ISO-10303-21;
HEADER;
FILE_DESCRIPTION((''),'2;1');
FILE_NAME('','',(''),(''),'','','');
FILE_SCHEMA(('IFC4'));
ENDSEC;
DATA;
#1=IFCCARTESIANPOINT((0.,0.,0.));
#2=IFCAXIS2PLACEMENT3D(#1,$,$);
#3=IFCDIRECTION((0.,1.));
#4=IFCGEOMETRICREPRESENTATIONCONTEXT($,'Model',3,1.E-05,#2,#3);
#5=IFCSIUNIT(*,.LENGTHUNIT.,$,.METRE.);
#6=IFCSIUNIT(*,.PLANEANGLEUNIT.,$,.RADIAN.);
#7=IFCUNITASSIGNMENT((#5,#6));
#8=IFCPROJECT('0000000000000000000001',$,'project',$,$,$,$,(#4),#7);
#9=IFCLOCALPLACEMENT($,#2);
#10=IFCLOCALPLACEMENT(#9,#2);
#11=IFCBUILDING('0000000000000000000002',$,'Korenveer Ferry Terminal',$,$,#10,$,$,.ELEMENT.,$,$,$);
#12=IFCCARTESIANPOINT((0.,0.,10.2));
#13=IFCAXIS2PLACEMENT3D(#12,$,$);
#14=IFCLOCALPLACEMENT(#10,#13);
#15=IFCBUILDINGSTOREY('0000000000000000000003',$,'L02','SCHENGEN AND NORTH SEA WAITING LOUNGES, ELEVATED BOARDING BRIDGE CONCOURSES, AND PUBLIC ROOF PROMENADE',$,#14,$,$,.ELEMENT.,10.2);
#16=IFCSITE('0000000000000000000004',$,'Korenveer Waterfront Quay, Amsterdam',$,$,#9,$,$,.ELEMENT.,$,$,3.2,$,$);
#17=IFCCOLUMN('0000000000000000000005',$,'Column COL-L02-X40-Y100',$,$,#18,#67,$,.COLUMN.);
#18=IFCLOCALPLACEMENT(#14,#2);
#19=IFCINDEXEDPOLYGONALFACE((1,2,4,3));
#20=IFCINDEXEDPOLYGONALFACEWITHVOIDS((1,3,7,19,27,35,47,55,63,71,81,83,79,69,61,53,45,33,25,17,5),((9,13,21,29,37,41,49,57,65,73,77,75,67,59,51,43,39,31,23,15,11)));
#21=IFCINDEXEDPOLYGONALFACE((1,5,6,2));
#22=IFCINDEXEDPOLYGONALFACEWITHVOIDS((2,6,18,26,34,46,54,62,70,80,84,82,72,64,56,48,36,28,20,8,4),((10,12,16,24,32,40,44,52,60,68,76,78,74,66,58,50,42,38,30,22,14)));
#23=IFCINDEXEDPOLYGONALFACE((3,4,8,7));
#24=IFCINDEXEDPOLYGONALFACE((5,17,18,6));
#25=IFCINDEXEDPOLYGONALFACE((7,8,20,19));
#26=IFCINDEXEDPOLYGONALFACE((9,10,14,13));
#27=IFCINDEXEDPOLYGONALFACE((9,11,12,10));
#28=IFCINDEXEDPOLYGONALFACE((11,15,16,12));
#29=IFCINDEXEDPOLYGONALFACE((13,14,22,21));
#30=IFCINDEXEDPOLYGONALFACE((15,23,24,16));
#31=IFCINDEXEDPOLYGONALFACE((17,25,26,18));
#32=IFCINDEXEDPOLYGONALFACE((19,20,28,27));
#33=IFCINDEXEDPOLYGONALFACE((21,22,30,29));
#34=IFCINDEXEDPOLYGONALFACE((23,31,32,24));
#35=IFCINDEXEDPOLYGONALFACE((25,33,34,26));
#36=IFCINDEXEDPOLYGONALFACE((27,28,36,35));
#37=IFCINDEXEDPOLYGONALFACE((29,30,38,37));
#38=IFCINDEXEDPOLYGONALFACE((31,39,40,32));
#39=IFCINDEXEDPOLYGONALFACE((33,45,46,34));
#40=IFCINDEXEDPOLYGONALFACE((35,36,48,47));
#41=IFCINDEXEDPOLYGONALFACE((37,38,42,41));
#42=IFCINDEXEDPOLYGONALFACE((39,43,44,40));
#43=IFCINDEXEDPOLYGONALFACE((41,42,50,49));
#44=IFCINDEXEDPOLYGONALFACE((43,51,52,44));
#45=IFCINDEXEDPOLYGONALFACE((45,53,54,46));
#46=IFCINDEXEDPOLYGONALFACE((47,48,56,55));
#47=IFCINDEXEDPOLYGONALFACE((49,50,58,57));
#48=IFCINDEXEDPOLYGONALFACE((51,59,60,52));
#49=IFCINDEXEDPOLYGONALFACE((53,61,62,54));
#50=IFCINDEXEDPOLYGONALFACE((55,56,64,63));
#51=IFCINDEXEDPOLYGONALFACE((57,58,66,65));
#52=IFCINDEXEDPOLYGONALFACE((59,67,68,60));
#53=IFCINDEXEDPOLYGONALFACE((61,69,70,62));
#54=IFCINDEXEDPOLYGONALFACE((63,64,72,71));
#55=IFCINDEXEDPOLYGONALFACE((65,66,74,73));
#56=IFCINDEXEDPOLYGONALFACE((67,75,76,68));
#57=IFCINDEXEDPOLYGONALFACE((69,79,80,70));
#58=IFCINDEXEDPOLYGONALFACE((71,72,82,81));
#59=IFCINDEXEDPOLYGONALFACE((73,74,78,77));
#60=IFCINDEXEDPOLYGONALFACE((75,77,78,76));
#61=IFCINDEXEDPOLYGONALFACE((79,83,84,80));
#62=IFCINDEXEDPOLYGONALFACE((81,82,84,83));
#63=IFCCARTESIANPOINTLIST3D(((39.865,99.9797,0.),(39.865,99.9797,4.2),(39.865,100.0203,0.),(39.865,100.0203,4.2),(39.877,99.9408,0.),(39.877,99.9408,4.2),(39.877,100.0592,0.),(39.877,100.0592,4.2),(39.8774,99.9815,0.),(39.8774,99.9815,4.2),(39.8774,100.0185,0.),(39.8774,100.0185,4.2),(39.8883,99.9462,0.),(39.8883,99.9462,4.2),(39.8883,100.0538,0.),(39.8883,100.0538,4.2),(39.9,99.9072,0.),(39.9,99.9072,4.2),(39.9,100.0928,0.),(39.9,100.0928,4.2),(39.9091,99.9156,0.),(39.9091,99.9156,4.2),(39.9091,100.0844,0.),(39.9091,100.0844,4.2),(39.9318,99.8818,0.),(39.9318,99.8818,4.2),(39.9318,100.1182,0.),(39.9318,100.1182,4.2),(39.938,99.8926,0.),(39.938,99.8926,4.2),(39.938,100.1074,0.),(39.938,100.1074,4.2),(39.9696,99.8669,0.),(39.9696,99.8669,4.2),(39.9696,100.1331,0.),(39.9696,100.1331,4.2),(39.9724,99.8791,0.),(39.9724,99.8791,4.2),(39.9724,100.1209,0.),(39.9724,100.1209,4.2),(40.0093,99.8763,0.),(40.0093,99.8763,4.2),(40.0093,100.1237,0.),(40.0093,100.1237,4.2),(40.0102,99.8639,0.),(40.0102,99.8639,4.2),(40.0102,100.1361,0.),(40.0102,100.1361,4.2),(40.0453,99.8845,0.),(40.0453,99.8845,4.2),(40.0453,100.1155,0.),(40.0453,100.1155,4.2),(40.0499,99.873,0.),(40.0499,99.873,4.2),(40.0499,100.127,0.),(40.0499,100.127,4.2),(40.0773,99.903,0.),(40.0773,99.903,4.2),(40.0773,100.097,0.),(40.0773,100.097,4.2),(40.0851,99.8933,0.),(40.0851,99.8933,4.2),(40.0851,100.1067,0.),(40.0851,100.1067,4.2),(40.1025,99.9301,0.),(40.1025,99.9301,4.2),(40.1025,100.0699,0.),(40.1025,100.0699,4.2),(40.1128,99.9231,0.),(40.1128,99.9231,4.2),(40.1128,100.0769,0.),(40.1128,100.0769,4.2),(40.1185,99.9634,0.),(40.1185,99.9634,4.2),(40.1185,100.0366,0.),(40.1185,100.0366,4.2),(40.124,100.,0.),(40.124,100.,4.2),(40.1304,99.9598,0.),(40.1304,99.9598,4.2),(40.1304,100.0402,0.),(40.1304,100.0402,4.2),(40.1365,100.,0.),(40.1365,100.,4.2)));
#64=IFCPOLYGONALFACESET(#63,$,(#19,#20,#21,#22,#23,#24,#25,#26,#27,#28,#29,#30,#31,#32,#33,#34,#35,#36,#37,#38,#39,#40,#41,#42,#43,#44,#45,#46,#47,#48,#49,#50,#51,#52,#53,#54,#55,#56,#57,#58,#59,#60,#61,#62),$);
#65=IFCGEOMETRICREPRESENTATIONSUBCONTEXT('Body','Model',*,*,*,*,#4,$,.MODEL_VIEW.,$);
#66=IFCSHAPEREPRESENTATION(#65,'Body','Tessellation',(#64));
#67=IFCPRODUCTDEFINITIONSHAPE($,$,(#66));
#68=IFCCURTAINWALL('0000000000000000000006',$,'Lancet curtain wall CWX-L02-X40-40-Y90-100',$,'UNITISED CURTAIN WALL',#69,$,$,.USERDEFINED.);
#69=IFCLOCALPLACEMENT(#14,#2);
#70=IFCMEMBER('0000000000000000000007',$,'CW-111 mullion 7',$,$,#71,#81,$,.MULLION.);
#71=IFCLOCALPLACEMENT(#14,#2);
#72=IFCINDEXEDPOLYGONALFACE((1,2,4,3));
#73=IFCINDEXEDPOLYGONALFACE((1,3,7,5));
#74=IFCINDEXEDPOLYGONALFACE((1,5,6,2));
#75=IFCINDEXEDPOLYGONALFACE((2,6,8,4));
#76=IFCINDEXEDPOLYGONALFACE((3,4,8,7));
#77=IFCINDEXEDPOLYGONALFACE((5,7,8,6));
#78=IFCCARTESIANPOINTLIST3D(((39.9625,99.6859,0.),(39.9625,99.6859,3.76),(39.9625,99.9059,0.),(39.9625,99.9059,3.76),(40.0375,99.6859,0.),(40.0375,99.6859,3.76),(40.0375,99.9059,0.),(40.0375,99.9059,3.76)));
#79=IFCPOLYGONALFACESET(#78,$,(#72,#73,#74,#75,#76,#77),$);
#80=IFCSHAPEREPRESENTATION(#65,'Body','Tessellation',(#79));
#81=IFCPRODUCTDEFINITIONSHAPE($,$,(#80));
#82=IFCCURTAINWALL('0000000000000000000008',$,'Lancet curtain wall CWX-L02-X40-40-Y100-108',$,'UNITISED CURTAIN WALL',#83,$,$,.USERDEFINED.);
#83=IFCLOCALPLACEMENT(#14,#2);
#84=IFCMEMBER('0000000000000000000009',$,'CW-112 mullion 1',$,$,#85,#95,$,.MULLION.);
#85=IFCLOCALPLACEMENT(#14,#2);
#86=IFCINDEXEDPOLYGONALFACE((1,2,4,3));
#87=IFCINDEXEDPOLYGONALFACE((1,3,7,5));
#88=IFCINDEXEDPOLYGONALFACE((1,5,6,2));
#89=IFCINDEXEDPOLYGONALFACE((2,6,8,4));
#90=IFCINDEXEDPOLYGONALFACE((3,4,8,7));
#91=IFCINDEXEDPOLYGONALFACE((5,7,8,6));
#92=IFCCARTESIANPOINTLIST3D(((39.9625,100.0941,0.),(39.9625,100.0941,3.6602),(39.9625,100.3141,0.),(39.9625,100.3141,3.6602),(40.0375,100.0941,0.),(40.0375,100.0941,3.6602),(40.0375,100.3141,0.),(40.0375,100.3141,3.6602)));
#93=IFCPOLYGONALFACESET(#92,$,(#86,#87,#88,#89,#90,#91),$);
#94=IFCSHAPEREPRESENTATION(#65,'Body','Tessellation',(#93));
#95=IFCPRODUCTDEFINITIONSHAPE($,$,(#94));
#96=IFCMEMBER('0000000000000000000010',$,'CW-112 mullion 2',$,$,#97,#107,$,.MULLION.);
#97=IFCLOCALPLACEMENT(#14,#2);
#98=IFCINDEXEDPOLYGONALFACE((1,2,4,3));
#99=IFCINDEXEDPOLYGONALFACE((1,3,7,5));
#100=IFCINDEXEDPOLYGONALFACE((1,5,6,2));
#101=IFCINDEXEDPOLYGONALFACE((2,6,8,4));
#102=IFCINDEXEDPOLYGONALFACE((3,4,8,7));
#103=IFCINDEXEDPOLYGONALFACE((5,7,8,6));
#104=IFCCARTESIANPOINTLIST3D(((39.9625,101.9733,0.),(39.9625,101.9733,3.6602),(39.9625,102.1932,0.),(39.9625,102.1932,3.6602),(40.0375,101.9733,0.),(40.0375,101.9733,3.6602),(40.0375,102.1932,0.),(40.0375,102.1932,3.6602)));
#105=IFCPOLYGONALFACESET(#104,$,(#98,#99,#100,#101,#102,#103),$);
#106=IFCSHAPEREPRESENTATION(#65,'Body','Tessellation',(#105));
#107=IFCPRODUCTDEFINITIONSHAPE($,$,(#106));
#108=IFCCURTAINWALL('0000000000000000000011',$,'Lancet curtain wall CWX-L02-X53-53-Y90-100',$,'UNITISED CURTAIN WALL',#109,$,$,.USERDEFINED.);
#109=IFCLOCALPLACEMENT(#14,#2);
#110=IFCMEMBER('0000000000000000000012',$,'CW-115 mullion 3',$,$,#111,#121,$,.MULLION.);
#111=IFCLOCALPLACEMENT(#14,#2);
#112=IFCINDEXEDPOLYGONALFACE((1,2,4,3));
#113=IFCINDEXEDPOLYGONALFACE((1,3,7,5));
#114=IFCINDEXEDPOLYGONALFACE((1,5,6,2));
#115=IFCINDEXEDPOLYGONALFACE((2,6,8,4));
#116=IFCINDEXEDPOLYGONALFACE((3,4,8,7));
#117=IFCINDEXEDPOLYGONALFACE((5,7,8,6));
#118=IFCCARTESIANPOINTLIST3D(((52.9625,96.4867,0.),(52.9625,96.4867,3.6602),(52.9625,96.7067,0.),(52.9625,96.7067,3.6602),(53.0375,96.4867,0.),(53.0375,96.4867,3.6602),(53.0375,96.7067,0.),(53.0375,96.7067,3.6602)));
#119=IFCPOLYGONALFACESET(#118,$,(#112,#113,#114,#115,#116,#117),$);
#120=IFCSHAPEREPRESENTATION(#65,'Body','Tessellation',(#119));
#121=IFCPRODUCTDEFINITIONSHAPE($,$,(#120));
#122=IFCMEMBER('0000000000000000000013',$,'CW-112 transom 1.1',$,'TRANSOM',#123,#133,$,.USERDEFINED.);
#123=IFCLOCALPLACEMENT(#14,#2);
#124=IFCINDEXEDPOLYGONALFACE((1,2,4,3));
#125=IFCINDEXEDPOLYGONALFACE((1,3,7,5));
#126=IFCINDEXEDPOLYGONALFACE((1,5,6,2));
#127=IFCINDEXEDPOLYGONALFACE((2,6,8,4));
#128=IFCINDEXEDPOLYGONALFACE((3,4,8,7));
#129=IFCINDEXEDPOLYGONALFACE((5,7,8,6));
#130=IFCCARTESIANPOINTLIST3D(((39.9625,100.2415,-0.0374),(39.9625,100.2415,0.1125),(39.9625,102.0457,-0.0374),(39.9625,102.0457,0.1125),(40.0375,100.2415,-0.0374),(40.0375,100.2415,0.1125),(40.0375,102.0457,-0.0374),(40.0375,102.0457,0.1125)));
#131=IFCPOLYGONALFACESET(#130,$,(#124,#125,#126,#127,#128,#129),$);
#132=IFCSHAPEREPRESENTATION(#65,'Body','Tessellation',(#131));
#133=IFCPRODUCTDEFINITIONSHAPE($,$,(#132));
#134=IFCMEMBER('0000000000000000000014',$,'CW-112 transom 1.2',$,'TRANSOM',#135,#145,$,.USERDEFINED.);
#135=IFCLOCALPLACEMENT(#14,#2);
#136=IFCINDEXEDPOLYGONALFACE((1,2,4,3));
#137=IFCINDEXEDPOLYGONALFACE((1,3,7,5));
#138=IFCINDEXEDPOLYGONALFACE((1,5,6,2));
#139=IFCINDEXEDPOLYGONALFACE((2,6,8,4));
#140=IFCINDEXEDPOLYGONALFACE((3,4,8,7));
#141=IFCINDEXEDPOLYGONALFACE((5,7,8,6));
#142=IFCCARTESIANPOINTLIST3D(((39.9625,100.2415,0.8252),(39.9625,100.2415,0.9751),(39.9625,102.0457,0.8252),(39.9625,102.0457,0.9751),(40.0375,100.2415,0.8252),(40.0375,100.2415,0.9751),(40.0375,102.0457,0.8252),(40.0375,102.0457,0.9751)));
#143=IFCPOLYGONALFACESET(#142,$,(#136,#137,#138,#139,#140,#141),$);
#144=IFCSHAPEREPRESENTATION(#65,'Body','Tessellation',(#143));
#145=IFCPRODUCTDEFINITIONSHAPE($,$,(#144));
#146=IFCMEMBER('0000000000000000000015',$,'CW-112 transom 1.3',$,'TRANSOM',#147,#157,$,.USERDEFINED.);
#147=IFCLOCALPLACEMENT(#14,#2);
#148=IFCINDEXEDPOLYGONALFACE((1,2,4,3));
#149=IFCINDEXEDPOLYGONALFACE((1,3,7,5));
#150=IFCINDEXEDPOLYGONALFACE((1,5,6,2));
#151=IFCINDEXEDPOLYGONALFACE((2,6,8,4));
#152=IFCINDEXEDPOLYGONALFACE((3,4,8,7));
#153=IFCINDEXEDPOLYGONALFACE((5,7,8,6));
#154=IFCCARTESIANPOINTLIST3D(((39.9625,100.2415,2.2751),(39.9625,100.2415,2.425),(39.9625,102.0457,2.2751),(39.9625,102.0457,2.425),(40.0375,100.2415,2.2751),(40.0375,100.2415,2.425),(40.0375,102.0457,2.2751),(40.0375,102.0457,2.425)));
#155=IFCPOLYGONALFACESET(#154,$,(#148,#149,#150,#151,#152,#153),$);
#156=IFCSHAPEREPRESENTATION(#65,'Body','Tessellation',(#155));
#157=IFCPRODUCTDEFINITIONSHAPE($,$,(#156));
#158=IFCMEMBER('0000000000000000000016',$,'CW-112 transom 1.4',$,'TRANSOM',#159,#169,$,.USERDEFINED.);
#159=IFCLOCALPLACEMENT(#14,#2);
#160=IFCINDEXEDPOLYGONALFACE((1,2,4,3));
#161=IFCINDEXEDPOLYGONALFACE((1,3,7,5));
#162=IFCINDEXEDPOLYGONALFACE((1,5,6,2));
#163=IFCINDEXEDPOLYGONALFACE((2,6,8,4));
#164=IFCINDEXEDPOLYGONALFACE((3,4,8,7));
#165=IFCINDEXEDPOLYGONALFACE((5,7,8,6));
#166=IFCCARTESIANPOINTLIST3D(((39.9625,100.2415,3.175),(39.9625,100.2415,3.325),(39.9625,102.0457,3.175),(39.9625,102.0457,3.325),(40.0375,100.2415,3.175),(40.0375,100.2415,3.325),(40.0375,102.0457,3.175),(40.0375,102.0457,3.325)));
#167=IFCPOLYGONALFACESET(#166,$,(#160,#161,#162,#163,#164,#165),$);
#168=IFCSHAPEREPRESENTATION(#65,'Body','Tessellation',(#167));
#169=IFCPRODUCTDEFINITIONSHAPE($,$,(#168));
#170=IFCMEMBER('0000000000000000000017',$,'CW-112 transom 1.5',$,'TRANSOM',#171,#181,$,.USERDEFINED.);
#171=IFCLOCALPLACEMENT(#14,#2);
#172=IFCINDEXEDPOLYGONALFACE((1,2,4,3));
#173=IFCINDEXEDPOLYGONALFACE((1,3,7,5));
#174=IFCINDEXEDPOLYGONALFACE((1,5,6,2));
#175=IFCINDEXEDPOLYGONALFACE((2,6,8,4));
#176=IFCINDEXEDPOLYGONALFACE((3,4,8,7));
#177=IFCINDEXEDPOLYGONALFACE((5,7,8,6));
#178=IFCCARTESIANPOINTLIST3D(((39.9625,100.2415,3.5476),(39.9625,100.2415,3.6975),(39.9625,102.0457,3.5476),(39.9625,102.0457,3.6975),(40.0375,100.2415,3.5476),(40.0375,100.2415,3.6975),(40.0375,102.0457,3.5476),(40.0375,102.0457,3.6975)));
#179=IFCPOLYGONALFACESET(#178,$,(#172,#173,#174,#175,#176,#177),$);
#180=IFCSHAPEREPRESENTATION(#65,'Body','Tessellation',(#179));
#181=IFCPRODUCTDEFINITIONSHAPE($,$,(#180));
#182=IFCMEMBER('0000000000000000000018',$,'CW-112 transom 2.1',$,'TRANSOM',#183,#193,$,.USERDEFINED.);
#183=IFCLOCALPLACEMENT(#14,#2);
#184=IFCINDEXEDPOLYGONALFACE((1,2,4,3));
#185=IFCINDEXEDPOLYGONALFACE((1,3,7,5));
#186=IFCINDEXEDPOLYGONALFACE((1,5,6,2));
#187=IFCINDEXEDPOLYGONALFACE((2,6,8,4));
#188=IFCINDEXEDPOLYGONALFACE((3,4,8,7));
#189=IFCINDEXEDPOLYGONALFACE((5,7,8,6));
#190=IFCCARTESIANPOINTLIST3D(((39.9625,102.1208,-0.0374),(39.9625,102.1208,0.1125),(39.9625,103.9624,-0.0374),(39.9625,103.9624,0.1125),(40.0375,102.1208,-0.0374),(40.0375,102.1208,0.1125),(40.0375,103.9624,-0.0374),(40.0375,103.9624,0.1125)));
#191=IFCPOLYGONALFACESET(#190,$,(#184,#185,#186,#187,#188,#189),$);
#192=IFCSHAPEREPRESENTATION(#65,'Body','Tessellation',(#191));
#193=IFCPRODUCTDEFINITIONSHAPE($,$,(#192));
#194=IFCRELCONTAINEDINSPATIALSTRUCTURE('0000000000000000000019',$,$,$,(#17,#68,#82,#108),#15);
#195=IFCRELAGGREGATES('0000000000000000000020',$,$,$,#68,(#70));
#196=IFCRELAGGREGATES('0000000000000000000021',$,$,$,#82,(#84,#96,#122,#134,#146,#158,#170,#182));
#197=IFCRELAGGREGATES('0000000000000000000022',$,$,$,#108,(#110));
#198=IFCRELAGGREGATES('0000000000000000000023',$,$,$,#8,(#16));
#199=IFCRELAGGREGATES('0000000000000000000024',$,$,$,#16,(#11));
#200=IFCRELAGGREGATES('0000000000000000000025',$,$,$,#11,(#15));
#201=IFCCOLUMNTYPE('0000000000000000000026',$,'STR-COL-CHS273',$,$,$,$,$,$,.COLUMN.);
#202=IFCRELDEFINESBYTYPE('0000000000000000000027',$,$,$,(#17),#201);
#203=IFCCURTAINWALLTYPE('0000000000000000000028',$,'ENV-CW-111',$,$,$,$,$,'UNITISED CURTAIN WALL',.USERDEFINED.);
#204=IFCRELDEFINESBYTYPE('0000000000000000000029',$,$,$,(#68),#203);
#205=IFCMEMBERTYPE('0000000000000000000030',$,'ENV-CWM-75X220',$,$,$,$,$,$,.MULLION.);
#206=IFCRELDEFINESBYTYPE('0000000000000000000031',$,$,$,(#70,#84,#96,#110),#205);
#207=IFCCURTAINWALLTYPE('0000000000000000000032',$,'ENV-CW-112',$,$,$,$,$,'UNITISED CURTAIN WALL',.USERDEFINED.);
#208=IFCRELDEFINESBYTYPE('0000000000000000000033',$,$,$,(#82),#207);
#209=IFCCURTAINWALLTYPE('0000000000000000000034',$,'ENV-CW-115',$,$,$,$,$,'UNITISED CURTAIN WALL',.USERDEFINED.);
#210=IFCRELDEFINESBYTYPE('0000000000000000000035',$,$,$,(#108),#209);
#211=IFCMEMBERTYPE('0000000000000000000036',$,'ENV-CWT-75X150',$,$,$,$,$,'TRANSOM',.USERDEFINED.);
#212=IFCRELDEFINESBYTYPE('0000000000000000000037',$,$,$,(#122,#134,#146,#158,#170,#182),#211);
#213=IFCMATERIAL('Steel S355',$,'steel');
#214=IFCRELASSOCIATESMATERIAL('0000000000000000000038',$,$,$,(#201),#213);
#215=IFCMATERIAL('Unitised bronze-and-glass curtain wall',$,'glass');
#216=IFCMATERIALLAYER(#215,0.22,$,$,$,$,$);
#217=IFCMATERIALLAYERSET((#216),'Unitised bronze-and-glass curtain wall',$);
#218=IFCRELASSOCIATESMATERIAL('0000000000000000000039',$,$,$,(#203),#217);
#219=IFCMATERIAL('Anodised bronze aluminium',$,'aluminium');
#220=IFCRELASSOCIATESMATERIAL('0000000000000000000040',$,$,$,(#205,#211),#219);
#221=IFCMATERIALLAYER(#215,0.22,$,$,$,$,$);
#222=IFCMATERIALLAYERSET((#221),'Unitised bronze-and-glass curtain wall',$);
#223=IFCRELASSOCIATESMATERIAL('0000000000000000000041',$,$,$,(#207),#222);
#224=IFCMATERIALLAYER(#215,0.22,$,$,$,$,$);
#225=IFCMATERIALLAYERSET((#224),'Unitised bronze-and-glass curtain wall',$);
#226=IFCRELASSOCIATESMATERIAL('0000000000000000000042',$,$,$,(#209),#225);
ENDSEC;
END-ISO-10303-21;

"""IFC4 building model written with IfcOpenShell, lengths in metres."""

from ifc_helpers import new_model, si_unit, direction, frame, origin, origin_2d, place, context, subcontext, project, spatial, rectangle, hollow_circle, extrude, material, layer, layer_set, material_profile, profile_set, type_object, element, aggregate, save


model = new_model("IFC4")

# Units and contexts
model_context = context("Model", 3, precision=1e-05, world=origin(), true_north=direction((0.0, 1.0)))
body_context = subcontext(model_context, "Body", "Model", "MODEL_VIEW")
ifc_project = project(units=[si_unit("LENGTHUNIT", "METRE"), si_unit("PLANEANGLEUNIT", "RADIAN")], contexts=[model_context])

# Site, building, storey
site_placement = place(None, origin())
site = spatial("IfcSite", under=ifc_project, at=site_placement, Name="Korenveer Waterfront Quay, Amsterdam", CompositionType="ELEMENT", RefElevation=3.2)
building_placement = place(site_placement, origin())
building = spatial("IfcBuilding", under=site, at=building_placement, Name="Korenveer Ferry Terminal", CompositionType="ELEMENT")
storey_placement = place(building_placement, frame((0.0, 0.0, 10.2)))
storey = spatial("IfcBuildingStorey", under=building, at=storey_placement, Name="L02", Description="SCHENGEN AND NORTH SEA WAITING LOUNGES, ELEVATED BOARDING BRIDGE CONCOURSES, AND PUBLIC ROOF PROMENADE", CompositionType="ELEMENT", Elevation=10.2)

# Column
ifc_material_1 = material(Name="Steel S355", Category="steel")
ifc_material_profile_1 = material_profile(ifc_material_1, hollow_circle(Radius=0.1365, WallThickness=0.0125, at=origin_2d()), Name="CHS 273x12.5")
ifc_profile_set_1 = profile_set([ifc_material_profile_1], Name="Steel S355")
column_type = type_object("IfcColumnType", Name="STR-COL-CHS273", PredefinedType="COLUMN", material=ifc_profile_set_1)
column_placement = place(storey_placement, frame((40.0, 100.0, 0.0), z_axis=(0.0, 0.0, 1.0), x_axis=(1.0, 0.0, 0.0)))
element("IfcColumn", 1, at=column_placement, inside=storey, type_object=column_type, Name="Column COL-L02-X40-Y100", PredefinedType="COLUMN", context=body_context, shape_type="SweptSolid", body=[
    extrude(hollow_circle(Radius=0.1365, WallThickness=0.0125, at=origin_2d()), origin(), (0.0, 0.0, 1.0), 4.2),
])

# Curtain wall, member
ifc_material_2 = material(Name="Unitised bronze-and-glass curtain wall", Category="glass")
ifc_layer_1 = layer(ifc_material_2, 0.22)
ifc_layer_set_1 = layer_set([ifc_layer_1], Name="Unitised bronze-and-glass curtain wall")
curtain_wall_type_1 = type_object("IfcCurtainWallType", Name="ENV-CW-111", ElementType="UNITISED CURTAIN WALL", PredefinedType="USERDEFINED", material=ifc_layer_set_1)
curtain_wall_1_placement = place(storey_placement, frame((40.0, 90.1665, 0.0)))
curtain_wall_1 = element("IfcCurtainWall", 2, at=curtain_wall_1_placement, inside=storey, type_object=curtain_wall_type_1, Name="Lancet curtain wall CWX-L02-X40-40-Y90-100", ObjectType="UNITISED CURTAIN WALL", PredefinedType="USERDEFINED")
ifc_material_3 = material(Name="Anodised bronze aluminium", Category="aluminium")
ifc_material_profile_2 = material_profile(ifc_material_3, rectangle(XDim=0.075, YDim=0.22, at=origin_2d()), Name="ALU 75x220")
ifc_profile_set_2 = profile_set([ifc_material_profile_2], Name="Anodised bronze aluminium")
member_type_1 = type_object("IfcMemberType", Name="ENV-CWM-75X220", PredefinedType="MULLION", material=ifc_profile_set_2)
member_1_placement = place(storey_placement, frame((40.0, 99.7959, 0.0), z_axis=(0.0, 0.0, 1.0), x_axis=(-1.0, 0.0, 0.0)))
member_1 = element("IfcMember", 3, at=member_1_placement, type_object=member_type_1, Name="CW-111 mullion 7", PredefinedType="MULLION", context=body_context, shape_type="SweptSolid", body=[
    extrude(rectangle(XDim=0.075, YDim=0.22, at=origin_2d()), origin(), (0.0, 0.0, 1.0), 3.76),
])

# Curtain wall, members
ifc_layer_2 = layer(ifc_material_2, 0.22)
ifc_layer_set_2 = layer_set([ifc_layer_2], Name="Unitised bronze-and-glass curtain wall")
curtain_wall_type_2 = type_object("IfcCurtainWallType", Name="ENV-CW-112", ElementType="UNITISED CURTAIN WALL", PredefinedType="USERDEFINED", material=ifc_layer_set_2)
curtain_wall_2_placement = place(storey_placement, frame((40.0, 100.1665, 0.0)))
curtain_wall_2 = element("IfcCurtainWall", 4, at=curtain_wall_2_placement, inside=storey, type_object=curtain_wall_type_2, Name="Lancet curtain wall CWX-L02-X40-40-Y100-108", ObjectType="UNITISED CURTAIN WALL", PredefinedType="USERDEFINED")
member_2_placement = place(storey_placement, frame((40.0, 100.2041, 0.0), z_axis=(0.0, 0.0, 1.0), x_axis=(-1.0, 0.0, 0.0)))
member_2 = element("IfcMember", 5, at=member_2_placement, type_object=member_type_1, Name="CW-112 mullion 1", PredefinedType="MULLION", context=body_context, shape_type="SweptSolid", body=[
    extrude(rectangle(XDim=0.075, YDim=0.22, at=origin_2d()), origin(), (0.0, 0.0, 1.0), 3.6602),
])
member_3_placement = place(storey_placement, frame((40.0, 102.0833, 0.0), z_axis=(0.0, 0.0, 1.0), x_axis=(-1.0, 0.0, 0.0)))
member_3 = element("IfcMember", 6, at=member_3_placement, type_object=member_type_1, Name="CW-112 mullion 2", PredefinedType="MULLION", context=body_context, shape_type="SweptSolid", body=[
    extrude(rectangle(XDim=0.075, YDim=0.22, at=origin_2d()), origin(), (0.0, 0.0, 1.0), 3.6602),
])

# Curtain wall, member
ifc_layer_3 = layer(ifc_material_2, 0.22)
ifc_layer_set_3 = layer_set([ifc_layer_3], Name="Unitised bronze-and-glass curtain wall")
curtain_wall_type_3 = type_object("IfcCurtainWallType", Name="ENV-CW-115", ElementType="UNITISED CURTAIN WALL", PredefinedType="USERDEFINED", material=ifc_layer_set_3)
curtain_wall_3_placement = place(storey_placement, frame((53.0, 99.79, 0.0)))
curtain_wall_3 = element("IfcCurtainWall", 7, at=curtain_wall_3_placement, inside=storey, type_object=curtain_wall_type_3, Name="Lancet curtain wall CWX-L02-X53-53-Y90-100", ObjectType="UNITISED CURTAIN WALL", PredefinedType="USERDEFINED")
member_4_placement = place(storey_placement, frame((53.0, 96.5967, 0.0), z_axis=(0.0, 0.0, 1.0), x_axis=(1.0, 0.0, 0.0)))
member_4 = element("IfcMember", 8, at=member_4_placement, type_object=member_type_1, Name="CW-115 mullion 3", PredefinedType="MULLION", context=body_context, shape_type="SweptSolid", body=[
    extrude(rectangle(XDim=0.075, YDim=0.22, at=origin_2d()), origin(), (0.0, 0.0, 1.0), 3.6602),
])

# Members
ifc_material_profile_3 = material_profile(ifc_material_3, rectangle(XDim=0.075, YDim=0.1499, at=origin_2d()), Name="ALU 75x150")
ifc_profile_set_3 = profile_set([ifc_material_profile_3], Name="Anodised bronze aluminium")
member_type_2 = type_object("IfcMemberType", Name="ENV-CWT-75X150", ElementType="TRANSOM", PredefinedType="USERDEFINED", material=ifc_profile_set_3)
member_5_placement = place(storey_placement, frame((40.0, 100.2415, 0.0376), z_axis=(0.0, 1.0, 0.0), x_axis=(-1.0, 0.0, 0.0)))
member_5 = element("IfcMember", 9, at=member_5_placement, type_object=member_type_2, Name="CW-112 transom 1.1", ObjectType="TRANSOM", PredefinedType="USERDEFINED", context=body_context, shape_type="SweptSolid", body=[
    extrude(rectangle(XDim=0.075, YDim=0.1499, at=origin_2d()), origin(), (0.0, 0.0, 1.0), 1.8042),
])
member_6_placement = place(storey_placement, frame((40.0, 100.2415, 0.9001), z_axis=(0.0, 1.0, 0.0), x_axis=(-1.0, 0.0, 0.0)))
member_6 = element("IfcMember", 10, at=member_6_placement, type_object=member_type_2, Name="CW-112 transom 1.2", ObjectType="TRANSOM", PredefinedType="USERDEFINED", context=body_context, shape_type="SweptSolid", body=[
    extrude(rectangle(XDim=0.075, YDim=0.1499, at=origin_2d()), origin(), (0.0, 0.0, 1.0), 1.8042),
])
member_7_placement = place(storey_placement, frame((40.0, 100.2415, 2.3501), z_axis=(0.0, 1.0, 0.0), x_axis=(-1.0, 0.0, 0.0)))
member_7 = element("IfcMember", 11, at=member_7_placement, type_object=member_type_2, Name="CW-112 transom 1.3", ObjectType="TRANSOM", PredefinedType="USERDEFINED", context=body_context, shape_type="SweptSolid", body=[
    extrude(rectangle(XDim=0.075, YDim=0.1499, at=origin_2d()), origin(), (0.0, 0.0, 1.0), 1.8042),
])
member_8_placement = place(storey_placement, frame((40.0, 100.2415, 3.25), z_axis=(0.0, 1.0, 0.0), x_axis=(-1.0, 0.0, 0.0)))
member_8 = element("IfcMember", 12, at=member_8_placement, type_object=member_type_2, Name="CW-112 transom 1.4", ObjectType="TRANSOM", PredefinedType="USERDEFINED", context=body_context, shape_type="SweptSolid", body=[
    extrude(rectangle(XDim=0.075, YDim=0.1499, at=origin_2d()), origin(), (0.0, 0.0, 1.0), 1.8042),
])
member_9_placement = place(storey_placement, frame((40.0, 100.2415, 3.6226), z_axis=(0.0, 1.0, 0.0), x_axis=(-1.0, 0.0, 0.0)))
member_9 = element("IfcMember", 13, at=member_9_placement, type_object=member_type_2, Name="CW-112 transom 1.5", ObjectType="TRANSOM", PredefinedType="USERDEFINED", context=body_context, shape_type="SweptSolid", body=[
    extrude(rectangle(XDim=0.075, YDim=0.1499, at=origin_2d()), origin(), (0.0, 0.0, 1.0), 1.8042),
])
member_10_placement = place(storey_placement, frame((40.0, 102.1208, 0.0376), z_axis=(0.0, 1.0, 0.0), x_axis=(-1.0, 0.0, 0.0)))
member_10 = element("IfcMember", 14, at=member_10_placement, type_object=member_type_2, Name="CW-112 transom 2.1", ObjectType="TRANSOM", PredefinedType="USERDEFINED", context=body_context, shape_type="SweptSolid", body=[
    extrude(rectangle(XDim=0.075, YDim=0.1499, at=origin_2d()), origin(), (0.0, 0.0, 1.0), 1.8416),
])

aggregate(curtain_wall_1, [member_1])
aggregate(curtain_wall_2, [member_2, member_3, member_5, member_6, member_7, member_8, member_9, member_10])
aggregate(curtain_wall_3, [member_4])

save(model, "model.ifc")
